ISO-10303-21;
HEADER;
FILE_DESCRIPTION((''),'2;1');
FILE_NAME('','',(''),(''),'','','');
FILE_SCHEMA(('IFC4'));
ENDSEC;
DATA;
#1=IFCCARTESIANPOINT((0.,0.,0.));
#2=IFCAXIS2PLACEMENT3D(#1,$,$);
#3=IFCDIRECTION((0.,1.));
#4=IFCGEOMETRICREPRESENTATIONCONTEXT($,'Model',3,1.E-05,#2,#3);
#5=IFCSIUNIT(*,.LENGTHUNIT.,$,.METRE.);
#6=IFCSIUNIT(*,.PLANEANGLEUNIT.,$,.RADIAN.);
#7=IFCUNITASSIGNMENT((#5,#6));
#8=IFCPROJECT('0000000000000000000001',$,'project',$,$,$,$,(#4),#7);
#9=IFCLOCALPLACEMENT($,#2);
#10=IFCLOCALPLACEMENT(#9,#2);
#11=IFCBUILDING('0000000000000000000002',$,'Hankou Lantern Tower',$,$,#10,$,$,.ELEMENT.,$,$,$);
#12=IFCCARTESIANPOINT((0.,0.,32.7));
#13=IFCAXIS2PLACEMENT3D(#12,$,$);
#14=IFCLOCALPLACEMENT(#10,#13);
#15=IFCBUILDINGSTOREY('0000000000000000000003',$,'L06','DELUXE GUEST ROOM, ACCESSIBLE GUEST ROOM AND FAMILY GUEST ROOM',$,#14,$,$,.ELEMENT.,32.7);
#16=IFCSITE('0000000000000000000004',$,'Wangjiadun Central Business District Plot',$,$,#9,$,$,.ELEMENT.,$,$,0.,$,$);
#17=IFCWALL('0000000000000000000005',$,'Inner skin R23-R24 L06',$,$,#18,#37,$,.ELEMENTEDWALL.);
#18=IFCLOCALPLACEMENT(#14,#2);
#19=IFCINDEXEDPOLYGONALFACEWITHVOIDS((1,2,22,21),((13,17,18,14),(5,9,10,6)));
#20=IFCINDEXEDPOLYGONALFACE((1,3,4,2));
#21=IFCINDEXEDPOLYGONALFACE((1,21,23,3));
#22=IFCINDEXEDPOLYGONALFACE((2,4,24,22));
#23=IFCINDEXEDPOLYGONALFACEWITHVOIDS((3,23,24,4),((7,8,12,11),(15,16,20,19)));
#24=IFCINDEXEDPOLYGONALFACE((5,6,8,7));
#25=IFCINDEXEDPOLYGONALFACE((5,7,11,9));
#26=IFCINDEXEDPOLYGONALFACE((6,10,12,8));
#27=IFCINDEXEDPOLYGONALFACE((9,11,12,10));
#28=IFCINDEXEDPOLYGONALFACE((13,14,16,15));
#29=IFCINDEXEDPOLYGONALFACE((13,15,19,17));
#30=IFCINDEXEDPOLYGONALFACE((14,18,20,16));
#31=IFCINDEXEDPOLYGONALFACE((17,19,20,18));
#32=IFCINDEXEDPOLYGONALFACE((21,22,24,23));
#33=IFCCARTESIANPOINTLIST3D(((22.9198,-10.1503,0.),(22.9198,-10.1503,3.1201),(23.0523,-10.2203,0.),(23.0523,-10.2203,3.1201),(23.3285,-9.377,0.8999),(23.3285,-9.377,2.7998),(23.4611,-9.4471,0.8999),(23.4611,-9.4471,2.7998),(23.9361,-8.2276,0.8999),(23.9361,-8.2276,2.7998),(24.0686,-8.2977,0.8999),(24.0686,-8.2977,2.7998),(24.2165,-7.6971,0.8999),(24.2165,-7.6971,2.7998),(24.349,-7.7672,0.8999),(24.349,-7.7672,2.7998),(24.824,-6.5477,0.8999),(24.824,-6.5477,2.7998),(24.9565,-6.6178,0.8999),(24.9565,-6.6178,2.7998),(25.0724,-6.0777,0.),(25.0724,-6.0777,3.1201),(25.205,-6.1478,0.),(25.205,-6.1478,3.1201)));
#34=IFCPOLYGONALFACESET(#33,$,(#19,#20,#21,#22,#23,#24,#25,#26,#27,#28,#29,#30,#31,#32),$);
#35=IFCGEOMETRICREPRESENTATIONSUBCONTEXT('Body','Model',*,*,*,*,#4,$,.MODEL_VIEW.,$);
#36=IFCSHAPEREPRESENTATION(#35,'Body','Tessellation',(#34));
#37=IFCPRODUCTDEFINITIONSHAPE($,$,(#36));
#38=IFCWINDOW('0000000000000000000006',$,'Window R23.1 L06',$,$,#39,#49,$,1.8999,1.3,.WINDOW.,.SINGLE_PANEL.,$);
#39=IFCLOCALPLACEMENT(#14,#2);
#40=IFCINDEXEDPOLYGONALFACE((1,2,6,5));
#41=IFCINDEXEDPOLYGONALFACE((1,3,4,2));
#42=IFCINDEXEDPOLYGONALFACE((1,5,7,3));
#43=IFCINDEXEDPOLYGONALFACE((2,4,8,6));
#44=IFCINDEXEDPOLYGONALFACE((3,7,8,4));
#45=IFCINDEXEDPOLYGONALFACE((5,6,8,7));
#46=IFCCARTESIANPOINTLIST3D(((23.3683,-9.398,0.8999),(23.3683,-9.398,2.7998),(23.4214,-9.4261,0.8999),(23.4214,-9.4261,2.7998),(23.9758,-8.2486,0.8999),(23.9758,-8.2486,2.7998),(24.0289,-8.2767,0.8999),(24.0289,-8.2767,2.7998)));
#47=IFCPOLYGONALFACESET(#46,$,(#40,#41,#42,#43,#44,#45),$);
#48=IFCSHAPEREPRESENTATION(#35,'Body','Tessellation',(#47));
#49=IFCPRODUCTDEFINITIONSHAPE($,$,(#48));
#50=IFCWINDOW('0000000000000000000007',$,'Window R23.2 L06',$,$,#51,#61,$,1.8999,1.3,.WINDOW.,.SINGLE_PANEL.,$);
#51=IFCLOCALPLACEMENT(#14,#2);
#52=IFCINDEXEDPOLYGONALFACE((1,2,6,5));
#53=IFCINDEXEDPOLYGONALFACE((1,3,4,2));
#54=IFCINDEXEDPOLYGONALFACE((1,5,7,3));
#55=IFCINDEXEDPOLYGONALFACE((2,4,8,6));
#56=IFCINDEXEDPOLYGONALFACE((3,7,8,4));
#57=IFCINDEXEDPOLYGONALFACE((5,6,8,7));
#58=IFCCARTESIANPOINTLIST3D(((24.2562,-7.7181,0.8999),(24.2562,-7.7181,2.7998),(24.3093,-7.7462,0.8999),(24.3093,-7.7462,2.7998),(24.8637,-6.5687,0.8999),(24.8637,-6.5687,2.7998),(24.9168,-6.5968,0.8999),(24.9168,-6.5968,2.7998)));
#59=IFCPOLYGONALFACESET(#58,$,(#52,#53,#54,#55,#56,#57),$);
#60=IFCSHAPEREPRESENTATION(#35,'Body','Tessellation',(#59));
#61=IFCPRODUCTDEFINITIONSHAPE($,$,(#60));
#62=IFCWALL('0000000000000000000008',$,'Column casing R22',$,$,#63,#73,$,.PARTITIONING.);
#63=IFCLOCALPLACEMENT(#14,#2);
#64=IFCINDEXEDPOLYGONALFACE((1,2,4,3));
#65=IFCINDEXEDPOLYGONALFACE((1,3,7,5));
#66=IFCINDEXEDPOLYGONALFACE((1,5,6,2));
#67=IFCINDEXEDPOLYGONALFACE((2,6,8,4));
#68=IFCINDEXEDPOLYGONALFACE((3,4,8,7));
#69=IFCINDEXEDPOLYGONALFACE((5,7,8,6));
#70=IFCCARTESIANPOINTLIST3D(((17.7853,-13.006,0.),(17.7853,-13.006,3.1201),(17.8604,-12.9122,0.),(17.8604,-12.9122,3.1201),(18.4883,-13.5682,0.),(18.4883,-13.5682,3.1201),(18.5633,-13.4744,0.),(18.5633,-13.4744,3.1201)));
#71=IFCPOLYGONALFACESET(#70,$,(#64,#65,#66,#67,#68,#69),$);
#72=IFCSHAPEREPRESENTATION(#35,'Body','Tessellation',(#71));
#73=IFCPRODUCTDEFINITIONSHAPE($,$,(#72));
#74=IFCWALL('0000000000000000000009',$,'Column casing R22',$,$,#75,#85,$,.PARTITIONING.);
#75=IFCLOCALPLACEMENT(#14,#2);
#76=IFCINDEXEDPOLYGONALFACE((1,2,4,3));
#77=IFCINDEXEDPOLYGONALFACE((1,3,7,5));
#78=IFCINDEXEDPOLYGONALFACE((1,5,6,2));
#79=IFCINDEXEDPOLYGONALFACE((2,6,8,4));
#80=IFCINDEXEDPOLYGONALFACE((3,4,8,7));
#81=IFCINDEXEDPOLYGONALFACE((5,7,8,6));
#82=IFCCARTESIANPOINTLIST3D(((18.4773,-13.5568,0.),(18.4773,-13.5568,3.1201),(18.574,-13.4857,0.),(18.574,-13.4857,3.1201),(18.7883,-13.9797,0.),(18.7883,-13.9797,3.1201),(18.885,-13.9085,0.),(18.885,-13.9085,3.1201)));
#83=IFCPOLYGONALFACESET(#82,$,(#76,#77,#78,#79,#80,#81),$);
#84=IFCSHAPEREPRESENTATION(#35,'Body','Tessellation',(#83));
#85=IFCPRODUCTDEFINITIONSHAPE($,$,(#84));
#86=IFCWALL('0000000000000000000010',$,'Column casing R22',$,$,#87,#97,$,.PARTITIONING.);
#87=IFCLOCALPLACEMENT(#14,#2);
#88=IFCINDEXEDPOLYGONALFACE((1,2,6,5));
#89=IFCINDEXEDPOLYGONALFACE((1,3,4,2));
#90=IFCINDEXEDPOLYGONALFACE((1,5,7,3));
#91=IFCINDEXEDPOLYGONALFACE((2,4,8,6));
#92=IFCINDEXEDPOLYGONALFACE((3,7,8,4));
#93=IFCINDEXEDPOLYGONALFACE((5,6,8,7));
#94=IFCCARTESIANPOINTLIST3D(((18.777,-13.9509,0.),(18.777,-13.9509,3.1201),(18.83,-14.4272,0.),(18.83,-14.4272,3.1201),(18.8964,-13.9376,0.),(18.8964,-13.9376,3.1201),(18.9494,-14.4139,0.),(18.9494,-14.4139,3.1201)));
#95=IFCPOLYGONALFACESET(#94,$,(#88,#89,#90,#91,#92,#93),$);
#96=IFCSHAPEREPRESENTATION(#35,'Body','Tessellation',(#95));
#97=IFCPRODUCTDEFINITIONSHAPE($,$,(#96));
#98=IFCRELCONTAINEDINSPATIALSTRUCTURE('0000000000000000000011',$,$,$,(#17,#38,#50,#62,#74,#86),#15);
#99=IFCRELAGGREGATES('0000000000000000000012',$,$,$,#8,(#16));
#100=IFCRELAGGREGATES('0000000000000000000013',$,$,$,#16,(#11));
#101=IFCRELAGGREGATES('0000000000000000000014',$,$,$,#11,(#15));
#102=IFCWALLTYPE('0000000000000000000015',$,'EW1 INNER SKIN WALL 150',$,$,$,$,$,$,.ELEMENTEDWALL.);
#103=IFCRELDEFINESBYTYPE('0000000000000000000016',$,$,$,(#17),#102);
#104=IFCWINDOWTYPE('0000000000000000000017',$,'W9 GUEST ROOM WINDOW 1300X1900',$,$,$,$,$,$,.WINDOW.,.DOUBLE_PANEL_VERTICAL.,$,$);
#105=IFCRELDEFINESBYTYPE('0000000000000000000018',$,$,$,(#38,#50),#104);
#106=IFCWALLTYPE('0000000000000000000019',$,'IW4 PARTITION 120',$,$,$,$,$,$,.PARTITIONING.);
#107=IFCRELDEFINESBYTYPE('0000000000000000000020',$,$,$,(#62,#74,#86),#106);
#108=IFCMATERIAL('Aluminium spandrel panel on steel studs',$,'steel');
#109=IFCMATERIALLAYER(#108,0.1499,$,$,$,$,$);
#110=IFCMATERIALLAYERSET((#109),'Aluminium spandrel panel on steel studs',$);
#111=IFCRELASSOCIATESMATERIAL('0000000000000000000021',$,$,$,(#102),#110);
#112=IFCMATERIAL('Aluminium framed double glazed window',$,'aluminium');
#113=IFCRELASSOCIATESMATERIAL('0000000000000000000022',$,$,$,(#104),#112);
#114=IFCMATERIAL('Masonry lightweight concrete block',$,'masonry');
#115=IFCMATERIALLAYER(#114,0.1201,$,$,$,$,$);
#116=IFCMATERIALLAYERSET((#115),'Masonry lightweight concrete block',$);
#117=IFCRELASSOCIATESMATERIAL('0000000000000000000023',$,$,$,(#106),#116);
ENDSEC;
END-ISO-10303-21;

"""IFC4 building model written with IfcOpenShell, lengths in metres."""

from ifc_helpers import new_model, si_unit, direction, frame, frame_2d, origin, place, context, subcontext, project, spatial, rectangle, extrude, material, layer, layer_set, type_object, element, fill, save


model = new_model("IFC4")

# Units and contexts
model_context = context("Model", 3, precision=1e-05, world=origin(), true_north=direction((0.0, 1.0)))
body_context = subcontext(model_context, "Body", "Model", "MODEL_VIEW")
ifc_project = project(units=[si_unit("LENGTHUNIT", "METRE"), si_unit("PLANEANGLEUNIT", "RADIAN")], contexts=[model_context])

# Site, building, storey
site_placement = place(None, origin())
site = spatial("IfcSite", under=ifc_project, at=site_placement, Name="Wangjiadun Central Business District Plot", CompositionType="ELEMENT", RefElevation=0.0)
building_placement = place(site_placement, origin())
building = spatial("IfcBuilding", under=site, at=building_placement, Name="Hankou Lantern Tower", CompositionType="ELEMENT")
storey_placement = place(building_placement, frame((0.0, 0.0, 32.7)))
storey = spatial("IfcBuildingStorey", under=building, at=storey_placement, Name="L06", Description="DELUXE GUEST ROOM, ACCESSIBLE GUEST ROOM AND FAMILY GUEST ROOM", CompositionType="ELEMENT", Elevation=32.7)

# Wall, openings, windows
ifc_material_1 = material(Name="Aluminium spandrel panel on steel studs", Category="steel")
ifc_layer_1 = layer(ifc_material_1, 0.1499)
ifc_layer_set_1 = layer_set([ifc_layer_1], Name="Aluminium spandrel panel on steel studs")
wall_type_1 = type_object("IfcWallType", Name="EW1 INNER SKIN WALL 150", PredefinedType="ELEMENTEDWALL", material=ifc_layer_set_1)
ifc_material_2 = material(Name="Aluminium framed double glazed window", Category="aluminium")
window_type = type_object("IfcWindowType", Name="W9 GUEST ROOM WINDOW 1300X1900", PartitioningType="DOUBLE_PANEL_VERTICAL", PredefinedType="WINDOW", material=ifc_material_2)
wall_1_placement = place(storey_placement, frame((22.9861, -10.1853, 0.0), z_axis=(0.0, 0.0, 1.0), x_axis=(0.467303, 0.884097, 0.0)))
wall_1 = element("IfcWall", 1, at=wall_1_placement, inside=storey, type_object=wall_type_1, Name="Inner skin R23-R24 L06", PredefinedType="ELEMENTEDWALL", context=body_context, shape_type="SweptSolid", body=[
    extrude(rectangle(XDim=4.6064, YDim=0.1499, at=frame_2d((2.3032, 0.0))), origin(), (0.0, 0.0, 1.0), 3.1201),
])
opening_1_placement = place(wall_1_placement, frame((0.8748, 0.0, 0.8999)))
opening_1 = element("IfcOpeningElement", 2, at=opening_1_placement, cuts=wall_1, PredefinedType="OPENING", context=body_context, shape_type="SweptSolid", body=[
    extrude(rectangle(XDim=1.3, YDim=1.8999, at=frame_2d((0.6499, 0.95))), frame((0.0, 0.085, 0.0), z_axis=(0.0, -1.0, 0.0), x_axis=(1.0, 0.0, 0.0)), (0.0, 0.0, 1.0), 0.1699),
])
opening_2_placement = place(wall_1_placement, frame((2.7749, 0.0, 0.8999)))
opening_2 = element("IfcOpeningElement", 3, at=opening_2_placement, cuts=wall_1, PredefinedType="OPENING", context=body_context, shape_type="SweptSolid", body=[
    extrude(rectangle(XDim=1.3, YDim=1.8999, at=frame_2d((0.6499, 0.95))), frame((0.0, 0.085, 0.0), z_axis=(0.0, -1.0, 0.0), x_axis=(1.0, 0.0, 0.0)), (0.0, 0.0, 1.0), 0.1699),
])
window_1_placement = place(opening_1_placement, origin())
window_1 = element("IfcWindow", 4, at=window_1_placement, inside=storey, type_object=window_type, Name="Window R23.1 L06", OverallHeight=1.8999, OverallWidth=1.3, PartitioningType="SINGLE_PANEL", PredefinedType="WINDOW", context=body_context, shape_type="SweptSolid", body=[
    extrude(rectangle(XDim=1.3, YDim=1.8999, at=frame_2d((0.6499, 0.95))), frame((0.0, 0.03, 0.0), z_axis=(0.0, -1.0, 0.0), x_axis=(1.0, 0.0, 0.0)), (0.0, 0.0, 1.0), 0.0601),
])
fill(opening_1, window_1)
window_2_placement = place(opening_2_placement, origin())
window_2 = element("IfcWindow", 5, at=window_2_placement, inside=storey, type_object=window_type, Name="Window R23.2 L06", OverallHeight=1.8999, OverallWidth=1.3, PartitioningType="SINGLE_PANEL", PredefinedType="WINDOW", context=body_context, shape_type="SweptSolid", body=[
    extrude(rectangle(XDim=1.3, YDim=1.8999, at=frame_2d((0.6499, 0.95))), frame((0.0, 0.03, 0.0), z_axis=(0.0, -1.0, 0.0), x_axis=(1.0, 0.0, 0.0)), (0.0, 0.0, 1.0), 0.0601),
])
fill(opening_2, window_2)

# Walls
ifc_material_3 = material(Name="Masonry lightweight concrete block", Category="masonry")
ifc_layer_2 = layer(ifc_material_3, 0.1201)
ifc_layer_set_2 = layer_set([ifc_layer_2], Name="Masonry lightweight concrete block")
wall_type_2 = type_object("IfcWallType", Name="IW4 PARTITION 120", PredefinedType="PARTITIONING", material=ifc_layer_set_2)
wall_2_placement = place(storey_placement, frame((17.8228, -12.959, 0.0), z_axis=(0.0, 0.0, 1.0), x_axis=(0.780895, -0.624662, 0.0)))
element("IfcWall", 6, at=wall_2_placement, inside=storey, type_object=wall_type_2, Name="Column casing R22", PredefinedType="PARTITIONING", context=body_context, shape_type="SweptSolid", body=[
    extrude(rectangle(XDim=0.9001, YDim=0.1201, at=frame_2d((0.4502, 0.0))), origin(), (0.0, 0.0, 1.0), 3.1201),
])
wall_3_placement = place(storey_placement, frame((18.5256, -13.5212, 0.0), z_axis=(0.0, 0.0, 1.0), x_axis=(0.592533, -0.805547, 0.0)))
element("IfcWall", 7, at=wall_3_placement, inside=storey, type_object=wall_type_2, Name="Column casing R22", PredefinedType="PARTITIONING", context=body_context, shape_type="SweptSolid", body=[
    extrude(rectangle(XDim=0.5249, YDim=0.1201, at=frame_2d((0.2625, 0.0))), origin(), (0.0, 0.0, 1.0), 3.1201),
])
wall_4_placement = place(storey_placement, frame((18.8367, -13.9441, 0.0), z_axis=(0.0, 0.0, 1.0), x_axis=(0.110543, -0.993871, 0.0)))
element("IfcWall", 8, at=wall_4_placement, inside=storey, type_object=wall_type_2, Name="Column casing R22", PredefinedType="PARTITIONING", context=body_context, shape_type="SweptSolid", body=[
    extrude(rectangle(XDim=0.4792, YDim=0.1201, at=frame_2d((0.2397, 0.0))), origin(), (0.0, 0.0, 1.0), 3.1201),
])

save(model, "model.ifc")
